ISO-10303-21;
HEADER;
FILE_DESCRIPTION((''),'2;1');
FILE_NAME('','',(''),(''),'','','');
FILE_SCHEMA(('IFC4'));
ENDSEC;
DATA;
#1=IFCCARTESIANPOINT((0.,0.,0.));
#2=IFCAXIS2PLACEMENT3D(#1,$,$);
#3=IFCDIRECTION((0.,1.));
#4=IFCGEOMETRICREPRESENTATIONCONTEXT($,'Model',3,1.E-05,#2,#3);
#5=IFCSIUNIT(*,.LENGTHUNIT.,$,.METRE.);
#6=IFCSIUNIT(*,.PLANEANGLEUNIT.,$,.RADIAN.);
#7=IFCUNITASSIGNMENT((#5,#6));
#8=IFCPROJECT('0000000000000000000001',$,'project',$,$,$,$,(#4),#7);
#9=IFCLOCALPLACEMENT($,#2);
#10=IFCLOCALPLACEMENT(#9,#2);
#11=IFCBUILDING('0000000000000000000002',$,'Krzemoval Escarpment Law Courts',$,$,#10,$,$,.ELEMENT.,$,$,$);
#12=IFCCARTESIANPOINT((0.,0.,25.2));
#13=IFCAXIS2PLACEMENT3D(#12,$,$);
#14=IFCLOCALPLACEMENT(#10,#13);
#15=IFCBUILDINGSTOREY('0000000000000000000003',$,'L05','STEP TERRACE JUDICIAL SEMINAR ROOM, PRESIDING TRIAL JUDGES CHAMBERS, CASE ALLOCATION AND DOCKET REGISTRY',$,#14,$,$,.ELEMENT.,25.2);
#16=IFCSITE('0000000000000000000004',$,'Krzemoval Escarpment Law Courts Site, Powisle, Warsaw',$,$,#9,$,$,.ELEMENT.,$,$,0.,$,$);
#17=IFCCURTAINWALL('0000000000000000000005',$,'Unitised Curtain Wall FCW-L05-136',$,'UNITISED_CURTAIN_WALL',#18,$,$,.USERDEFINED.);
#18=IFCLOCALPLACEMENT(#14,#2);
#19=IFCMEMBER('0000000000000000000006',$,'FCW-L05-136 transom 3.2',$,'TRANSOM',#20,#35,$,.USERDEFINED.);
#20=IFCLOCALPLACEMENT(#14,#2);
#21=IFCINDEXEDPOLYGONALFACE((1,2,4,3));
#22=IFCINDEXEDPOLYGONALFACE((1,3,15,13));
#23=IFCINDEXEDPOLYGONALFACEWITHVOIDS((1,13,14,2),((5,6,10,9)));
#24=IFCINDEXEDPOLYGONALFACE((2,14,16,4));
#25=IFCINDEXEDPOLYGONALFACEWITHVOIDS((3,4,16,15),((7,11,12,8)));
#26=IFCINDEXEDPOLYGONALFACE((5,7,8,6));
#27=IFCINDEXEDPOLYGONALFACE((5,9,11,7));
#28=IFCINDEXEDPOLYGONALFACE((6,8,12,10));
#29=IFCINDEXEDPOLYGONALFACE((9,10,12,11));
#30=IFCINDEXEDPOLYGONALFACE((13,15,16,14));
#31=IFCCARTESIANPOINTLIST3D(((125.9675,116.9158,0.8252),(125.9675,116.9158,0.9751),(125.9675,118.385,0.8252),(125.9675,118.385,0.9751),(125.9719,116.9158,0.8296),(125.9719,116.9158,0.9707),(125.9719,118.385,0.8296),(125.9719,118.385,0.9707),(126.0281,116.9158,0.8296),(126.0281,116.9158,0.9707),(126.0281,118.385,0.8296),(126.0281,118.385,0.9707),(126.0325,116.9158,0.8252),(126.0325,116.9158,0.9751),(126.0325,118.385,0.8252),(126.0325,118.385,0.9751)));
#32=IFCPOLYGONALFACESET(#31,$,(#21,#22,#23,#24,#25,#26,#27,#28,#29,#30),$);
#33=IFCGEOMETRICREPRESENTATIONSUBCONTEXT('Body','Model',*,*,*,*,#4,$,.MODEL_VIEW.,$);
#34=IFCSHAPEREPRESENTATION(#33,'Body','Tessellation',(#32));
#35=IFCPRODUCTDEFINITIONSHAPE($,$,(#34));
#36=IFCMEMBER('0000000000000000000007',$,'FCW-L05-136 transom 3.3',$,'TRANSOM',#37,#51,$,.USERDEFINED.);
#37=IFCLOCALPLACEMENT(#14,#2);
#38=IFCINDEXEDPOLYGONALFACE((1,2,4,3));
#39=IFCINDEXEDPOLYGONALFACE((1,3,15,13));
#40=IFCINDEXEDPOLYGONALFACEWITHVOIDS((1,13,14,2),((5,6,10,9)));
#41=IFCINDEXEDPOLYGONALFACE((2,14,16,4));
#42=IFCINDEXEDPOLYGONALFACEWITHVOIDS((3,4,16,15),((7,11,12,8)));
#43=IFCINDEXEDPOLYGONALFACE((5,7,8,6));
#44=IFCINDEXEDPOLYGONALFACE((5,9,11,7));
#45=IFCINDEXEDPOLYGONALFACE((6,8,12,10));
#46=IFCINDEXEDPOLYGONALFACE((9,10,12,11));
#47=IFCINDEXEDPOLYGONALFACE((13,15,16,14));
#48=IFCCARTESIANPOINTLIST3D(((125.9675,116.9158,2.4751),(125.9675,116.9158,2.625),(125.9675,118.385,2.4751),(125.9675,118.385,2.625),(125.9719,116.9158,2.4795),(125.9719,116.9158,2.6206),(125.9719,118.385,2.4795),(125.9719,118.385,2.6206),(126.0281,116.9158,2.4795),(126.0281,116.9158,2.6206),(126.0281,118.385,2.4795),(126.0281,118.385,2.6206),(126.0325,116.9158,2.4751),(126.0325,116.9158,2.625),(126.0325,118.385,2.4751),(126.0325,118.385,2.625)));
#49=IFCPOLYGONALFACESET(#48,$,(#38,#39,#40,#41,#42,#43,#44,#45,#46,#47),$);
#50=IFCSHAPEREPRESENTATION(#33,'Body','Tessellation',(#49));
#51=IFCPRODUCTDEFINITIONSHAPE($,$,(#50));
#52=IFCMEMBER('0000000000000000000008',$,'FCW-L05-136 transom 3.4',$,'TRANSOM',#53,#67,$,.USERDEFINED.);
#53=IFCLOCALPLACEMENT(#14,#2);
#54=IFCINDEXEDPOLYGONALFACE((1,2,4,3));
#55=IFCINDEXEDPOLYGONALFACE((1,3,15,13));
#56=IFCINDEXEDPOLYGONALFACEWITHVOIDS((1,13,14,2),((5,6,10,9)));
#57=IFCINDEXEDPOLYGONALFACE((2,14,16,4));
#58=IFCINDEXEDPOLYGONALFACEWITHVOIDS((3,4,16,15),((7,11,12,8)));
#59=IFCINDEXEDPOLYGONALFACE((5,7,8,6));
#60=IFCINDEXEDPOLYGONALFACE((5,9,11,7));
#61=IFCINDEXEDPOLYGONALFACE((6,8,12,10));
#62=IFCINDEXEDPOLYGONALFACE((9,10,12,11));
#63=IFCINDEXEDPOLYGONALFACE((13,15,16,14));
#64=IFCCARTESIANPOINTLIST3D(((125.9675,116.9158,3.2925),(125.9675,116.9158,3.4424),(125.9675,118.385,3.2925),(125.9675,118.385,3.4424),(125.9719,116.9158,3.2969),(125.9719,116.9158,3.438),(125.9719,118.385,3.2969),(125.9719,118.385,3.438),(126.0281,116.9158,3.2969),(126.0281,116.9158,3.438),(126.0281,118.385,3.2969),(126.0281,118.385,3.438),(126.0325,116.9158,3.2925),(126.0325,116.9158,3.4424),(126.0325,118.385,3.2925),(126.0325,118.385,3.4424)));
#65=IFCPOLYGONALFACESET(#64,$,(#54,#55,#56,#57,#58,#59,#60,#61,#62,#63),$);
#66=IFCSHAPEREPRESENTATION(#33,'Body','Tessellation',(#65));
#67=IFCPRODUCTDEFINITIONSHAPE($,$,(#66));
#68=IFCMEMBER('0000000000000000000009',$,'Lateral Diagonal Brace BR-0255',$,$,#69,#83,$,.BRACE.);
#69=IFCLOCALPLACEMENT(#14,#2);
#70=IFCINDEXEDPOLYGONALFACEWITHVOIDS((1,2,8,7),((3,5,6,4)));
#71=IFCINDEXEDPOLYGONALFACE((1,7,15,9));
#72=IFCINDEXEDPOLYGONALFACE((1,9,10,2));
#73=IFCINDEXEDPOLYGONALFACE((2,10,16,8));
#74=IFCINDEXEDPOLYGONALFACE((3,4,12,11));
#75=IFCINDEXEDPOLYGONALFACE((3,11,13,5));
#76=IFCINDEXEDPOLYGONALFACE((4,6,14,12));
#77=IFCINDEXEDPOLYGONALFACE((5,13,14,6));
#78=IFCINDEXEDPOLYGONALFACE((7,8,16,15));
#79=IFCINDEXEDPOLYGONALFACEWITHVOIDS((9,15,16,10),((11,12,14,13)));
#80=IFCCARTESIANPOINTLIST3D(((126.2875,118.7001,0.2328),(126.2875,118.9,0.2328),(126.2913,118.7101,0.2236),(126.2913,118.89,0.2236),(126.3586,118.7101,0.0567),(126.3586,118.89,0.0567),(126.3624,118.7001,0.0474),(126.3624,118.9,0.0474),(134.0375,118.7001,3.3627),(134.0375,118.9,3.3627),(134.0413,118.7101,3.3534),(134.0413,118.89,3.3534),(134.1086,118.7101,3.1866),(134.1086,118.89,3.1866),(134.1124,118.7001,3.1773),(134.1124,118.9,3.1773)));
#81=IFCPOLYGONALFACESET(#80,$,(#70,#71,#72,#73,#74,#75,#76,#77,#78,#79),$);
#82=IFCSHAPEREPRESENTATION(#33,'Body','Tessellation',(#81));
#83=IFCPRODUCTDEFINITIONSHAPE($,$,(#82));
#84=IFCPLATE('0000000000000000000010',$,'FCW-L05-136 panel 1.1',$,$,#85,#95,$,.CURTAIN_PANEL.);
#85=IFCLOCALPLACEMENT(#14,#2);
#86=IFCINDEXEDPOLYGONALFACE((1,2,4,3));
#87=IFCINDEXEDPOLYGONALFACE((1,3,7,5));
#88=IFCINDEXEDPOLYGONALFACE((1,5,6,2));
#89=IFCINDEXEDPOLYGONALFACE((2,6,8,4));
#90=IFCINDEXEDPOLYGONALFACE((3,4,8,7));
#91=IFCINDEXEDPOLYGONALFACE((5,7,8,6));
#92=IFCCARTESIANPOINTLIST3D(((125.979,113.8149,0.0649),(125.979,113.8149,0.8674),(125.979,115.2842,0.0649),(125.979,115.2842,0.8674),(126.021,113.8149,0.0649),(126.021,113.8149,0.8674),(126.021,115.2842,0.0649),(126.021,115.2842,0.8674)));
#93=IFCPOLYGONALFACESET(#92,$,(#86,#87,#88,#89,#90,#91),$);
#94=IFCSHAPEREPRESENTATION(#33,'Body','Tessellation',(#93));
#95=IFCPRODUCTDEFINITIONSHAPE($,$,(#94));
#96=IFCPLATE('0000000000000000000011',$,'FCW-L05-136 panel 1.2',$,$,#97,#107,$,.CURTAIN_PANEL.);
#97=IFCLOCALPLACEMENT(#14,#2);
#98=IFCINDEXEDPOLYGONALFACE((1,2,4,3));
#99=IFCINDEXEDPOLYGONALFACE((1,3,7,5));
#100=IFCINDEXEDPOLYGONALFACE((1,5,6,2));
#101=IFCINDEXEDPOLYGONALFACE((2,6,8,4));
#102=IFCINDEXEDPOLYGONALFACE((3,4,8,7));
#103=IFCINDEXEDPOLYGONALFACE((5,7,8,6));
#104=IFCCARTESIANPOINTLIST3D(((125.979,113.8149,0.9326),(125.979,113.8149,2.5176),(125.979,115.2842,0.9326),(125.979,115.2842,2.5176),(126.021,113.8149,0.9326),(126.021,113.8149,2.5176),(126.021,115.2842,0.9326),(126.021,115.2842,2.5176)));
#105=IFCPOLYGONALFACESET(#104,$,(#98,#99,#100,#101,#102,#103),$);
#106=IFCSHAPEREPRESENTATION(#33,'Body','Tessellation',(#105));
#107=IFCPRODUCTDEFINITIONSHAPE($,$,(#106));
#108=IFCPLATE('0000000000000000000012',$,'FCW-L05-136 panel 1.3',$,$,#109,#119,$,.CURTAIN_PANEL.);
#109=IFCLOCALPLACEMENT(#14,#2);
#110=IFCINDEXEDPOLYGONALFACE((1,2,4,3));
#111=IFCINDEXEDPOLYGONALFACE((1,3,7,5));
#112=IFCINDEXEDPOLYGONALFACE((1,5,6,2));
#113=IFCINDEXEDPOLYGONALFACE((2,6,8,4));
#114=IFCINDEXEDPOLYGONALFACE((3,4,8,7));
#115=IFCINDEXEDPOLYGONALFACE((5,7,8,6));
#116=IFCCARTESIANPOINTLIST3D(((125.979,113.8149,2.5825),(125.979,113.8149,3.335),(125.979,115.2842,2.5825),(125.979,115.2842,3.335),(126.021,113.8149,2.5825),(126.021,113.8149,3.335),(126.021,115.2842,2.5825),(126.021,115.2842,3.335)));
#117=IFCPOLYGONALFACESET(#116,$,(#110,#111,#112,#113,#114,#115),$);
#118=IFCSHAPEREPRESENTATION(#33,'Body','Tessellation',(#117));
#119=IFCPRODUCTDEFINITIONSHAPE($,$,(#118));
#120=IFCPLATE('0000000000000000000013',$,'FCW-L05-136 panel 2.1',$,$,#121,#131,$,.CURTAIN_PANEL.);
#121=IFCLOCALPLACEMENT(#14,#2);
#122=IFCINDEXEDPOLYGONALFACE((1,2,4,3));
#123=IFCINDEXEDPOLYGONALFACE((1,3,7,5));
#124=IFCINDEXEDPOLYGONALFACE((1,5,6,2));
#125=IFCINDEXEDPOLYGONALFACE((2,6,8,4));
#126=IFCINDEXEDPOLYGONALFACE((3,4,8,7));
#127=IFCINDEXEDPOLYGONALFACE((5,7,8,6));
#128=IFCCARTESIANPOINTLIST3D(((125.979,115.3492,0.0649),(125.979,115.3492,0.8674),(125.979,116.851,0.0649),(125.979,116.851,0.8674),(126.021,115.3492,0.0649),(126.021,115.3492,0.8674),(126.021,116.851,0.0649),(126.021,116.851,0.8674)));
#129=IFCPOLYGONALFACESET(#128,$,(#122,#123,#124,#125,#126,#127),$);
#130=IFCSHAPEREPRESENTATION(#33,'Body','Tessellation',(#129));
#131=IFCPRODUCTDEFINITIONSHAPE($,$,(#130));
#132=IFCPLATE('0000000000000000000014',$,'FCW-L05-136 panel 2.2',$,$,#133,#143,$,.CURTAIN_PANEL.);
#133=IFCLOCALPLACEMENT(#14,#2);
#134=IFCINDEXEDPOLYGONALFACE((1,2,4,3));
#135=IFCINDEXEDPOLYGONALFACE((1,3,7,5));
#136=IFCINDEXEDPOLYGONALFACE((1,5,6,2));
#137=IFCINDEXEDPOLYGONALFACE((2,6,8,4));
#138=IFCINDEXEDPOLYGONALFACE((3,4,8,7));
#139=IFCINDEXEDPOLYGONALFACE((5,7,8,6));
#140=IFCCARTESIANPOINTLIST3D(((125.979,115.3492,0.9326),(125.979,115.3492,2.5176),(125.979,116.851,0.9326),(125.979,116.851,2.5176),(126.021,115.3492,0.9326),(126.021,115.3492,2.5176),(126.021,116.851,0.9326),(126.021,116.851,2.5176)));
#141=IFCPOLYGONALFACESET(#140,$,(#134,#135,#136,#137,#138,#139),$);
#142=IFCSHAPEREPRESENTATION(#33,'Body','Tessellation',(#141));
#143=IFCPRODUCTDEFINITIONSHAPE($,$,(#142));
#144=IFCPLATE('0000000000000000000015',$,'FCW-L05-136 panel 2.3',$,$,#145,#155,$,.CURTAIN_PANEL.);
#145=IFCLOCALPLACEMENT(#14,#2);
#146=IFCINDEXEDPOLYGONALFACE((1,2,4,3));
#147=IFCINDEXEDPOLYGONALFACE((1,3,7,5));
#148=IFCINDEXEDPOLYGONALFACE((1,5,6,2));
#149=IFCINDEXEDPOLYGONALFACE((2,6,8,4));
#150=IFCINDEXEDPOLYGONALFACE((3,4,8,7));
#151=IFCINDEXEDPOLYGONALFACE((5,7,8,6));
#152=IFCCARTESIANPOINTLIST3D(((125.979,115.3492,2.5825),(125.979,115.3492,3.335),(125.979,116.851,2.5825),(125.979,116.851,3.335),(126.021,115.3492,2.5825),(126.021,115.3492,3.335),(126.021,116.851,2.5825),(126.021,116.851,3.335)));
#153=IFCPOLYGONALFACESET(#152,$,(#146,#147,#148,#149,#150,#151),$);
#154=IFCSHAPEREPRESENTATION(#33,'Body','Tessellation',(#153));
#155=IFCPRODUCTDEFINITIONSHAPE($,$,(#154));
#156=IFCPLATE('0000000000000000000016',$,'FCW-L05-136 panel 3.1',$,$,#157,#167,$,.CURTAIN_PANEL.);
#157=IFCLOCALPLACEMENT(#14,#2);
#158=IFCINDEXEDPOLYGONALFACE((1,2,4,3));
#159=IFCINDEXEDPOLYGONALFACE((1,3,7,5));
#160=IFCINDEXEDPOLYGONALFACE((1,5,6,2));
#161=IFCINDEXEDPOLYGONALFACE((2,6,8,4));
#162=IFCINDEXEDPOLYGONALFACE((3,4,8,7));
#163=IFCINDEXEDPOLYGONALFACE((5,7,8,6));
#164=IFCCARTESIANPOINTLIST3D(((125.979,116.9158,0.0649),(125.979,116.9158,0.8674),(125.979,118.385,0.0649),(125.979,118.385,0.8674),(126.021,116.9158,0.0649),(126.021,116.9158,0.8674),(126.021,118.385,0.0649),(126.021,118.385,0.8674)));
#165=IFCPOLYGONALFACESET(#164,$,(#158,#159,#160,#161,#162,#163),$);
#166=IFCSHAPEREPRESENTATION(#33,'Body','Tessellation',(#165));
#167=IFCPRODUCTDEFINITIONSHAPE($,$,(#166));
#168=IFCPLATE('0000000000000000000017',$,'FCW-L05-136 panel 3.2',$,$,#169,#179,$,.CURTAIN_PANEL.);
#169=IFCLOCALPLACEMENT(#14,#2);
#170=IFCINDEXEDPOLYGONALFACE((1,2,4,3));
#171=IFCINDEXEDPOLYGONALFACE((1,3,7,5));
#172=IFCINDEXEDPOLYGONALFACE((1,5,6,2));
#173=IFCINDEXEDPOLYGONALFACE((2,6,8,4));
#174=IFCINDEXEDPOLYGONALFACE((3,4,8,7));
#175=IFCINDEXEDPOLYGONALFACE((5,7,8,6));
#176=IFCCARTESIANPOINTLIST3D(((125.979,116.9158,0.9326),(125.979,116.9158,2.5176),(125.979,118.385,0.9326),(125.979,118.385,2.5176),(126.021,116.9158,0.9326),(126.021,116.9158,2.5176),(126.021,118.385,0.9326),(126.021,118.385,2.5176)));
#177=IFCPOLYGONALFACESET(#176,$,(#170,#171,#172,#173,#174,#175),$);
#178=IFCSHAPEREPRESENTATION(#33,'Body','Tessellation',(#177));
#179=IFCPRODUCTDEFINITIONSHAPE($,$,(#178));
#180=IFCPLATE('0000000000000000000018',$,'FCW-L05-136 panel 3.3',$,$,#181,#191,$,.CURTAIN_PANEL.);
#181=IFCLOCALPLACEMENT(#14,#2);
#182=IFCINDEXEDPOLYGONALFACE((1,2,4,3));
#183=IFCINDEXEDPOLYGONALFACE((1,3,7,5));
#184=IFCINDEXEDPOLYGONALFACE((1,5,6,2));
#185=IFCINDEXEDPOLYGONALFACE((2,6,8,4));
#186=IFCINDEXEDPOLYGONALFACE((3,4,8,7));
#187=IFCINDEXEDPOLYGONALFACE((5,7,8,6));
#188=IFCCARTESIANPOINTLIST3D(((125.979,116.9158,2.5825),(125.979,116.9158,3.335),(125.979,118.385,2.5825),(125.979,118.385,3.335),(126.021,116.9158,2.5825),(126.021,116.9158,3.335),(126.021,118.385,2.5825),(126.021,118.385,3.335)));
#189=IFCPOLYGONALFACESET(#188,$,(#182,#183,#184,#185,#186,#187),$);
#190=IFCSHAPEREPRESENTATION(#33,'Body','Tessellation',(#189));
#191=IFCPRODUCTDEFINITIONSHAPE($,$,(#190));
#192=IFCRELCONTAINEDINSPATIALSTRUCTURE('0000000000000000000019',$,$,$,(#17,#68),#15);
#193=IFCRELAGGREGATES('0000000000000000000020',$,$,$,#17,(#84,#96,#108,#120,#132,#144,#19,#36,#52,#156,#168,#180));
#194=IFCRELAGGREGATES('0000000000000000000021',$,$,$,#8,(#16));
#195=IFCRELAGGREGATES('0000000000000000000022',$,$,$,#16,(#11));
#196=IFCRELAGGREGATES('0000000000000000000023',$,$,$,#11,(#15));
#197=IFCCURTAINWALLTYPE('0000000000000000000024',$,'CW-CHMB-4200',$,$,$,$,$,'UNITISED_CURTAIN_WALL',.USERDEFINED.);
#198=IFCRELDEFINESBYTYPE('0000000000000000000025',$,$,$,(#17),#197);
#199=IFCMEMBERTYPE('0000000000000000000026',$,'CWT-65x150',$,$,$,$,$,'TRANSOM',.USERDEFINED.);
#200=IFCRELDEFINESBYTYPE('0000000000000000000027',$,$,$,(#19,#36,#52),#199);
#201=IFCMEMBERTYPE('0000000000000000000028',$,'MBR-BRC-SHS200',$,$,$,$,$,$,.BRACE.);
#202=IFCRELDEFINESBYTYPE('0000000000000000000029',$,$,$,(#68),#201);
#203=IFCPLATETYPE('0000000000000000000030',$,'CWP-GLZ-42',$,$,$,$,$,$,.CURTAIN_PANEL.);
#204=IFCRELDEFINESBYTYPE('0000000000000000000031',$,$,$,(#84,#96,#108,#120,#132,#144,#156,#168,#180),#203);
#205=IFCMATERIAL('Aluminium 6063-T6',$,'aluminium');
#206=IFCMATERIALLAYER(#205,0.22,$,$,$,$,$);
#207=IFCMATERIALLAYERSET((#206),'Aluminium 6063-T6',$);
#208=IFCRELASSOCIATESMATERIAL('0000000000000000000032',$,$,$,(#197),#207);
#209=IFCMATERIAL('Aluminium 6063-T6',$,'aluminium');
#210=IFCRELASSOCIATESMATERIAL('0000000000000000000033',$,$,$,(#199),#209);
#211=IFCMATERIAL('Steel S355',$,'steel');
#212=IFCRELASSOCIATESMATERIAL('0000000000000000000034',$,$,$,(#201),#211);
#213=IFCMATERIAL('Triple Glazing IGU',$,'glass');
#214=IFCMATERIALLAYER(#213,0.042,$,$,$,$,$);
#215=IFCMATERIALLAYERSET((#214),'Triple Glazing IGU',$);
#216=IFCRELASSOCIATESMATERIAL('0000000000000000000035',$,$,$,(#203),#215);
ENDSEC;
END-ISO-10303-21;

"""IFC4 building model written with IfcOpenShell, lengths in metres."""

from ifc_helpers import new_model, si_unit, direction, frame, origin, origin_2d, place, context, subcontext, project, spatial, rectangle, hollow_rectangle, extrude, material, layer, layer_set, material_profile, profile_set, type_object, element, aggregate, save


model = new_model("IFC4")

# Units and contexts
model_context = context("Model", 3, precision=1e-05, world=origin(), true_north=direction((0.0, 1.0)))
body_context = subcontext(model_context, "Body", "Model", "MODEL_VIEW")
ifc_project = project(units=[si_unit("LENGTHUNIT", "METRE"), si_unit("PLANEANGLEUNIT", "RADIAN")], contexts=[model_context])

# Site, building, storey
site_placement = place(None, origin())
site = spatial("IfcSite", under=ifc_project, at=site_placement, Name="Krzemoval Escarpment Law Courts Site, Powisle, Warsaw", CompositionType="ELEMENT", RefElevation=0.0)
building_placement = place(site_placement, origin())
building = spatial("IfcBuilding", under=site, at=building_placement, Name="Krzemoval Escarpment Law Courts", CompositionType="ELEMENT")
storey_placement = place(building_placement, frame((0.0, 0.0, 25.2)))
storey = spatial("IfcBuildingStorey", under=building, at=storey_placement, Name="L05", Description="STEP TERRACE JUDICIAL SEMINAR ROOM, PRESIDING TRIAL JUDGES CHAMBERS, CASE ALLOCATION AND DOCKET REGISTRY", CompositionType="ELEMENT", Elevation=25.2)

# Curtain wall, members
ifc_material_1 = material(Name="Aluminium 6063-T6", Category="aluminium")
ifc_layer_1 = layer(ifc_material_1, 0.22)
ifc_layer_set_1 = layer_set([ifc_layer_1], Name="Aluminium 6063-T6")
curtain_wall_type = type_object("IfcCurtainWallType", Name="CW-CHMB-4200", ElementType="UNITISED_CURTAIN_WALL", PredefinedType="USERDEFINED", material=ifc_layer_set_1)
curtain_wall_placement = place(storey_placement, origin())
curtain_wall = element("IfcCurtainWall", 1, at=curtain_wall_placement, inside=storey, type_object=curtain_wall_type, Name="Unitised Curtain Wall FCW-L05-136", ObjectType="UNITISED_CURTAIN_WALL", PredefinedType="USERDEFINED")
ifc_material_2 = material(Name="Aluminium 6063-T6", Category="aluminium")
ifc_material_profile_1 = material_profile(ifc_material_2, hollow_rectangle(XDim=0.0649, YDim=0.1499, WallThickness=0.0044, at=origin_2d()), Name="ALU T65x150")
ifc_profile_set_1 = profile_set([ifc_material_profile_1], Name="Aluminium 6063-T6")
member_type_1 = type_object("IfcMemberType", Name="CWT-65x150", ElementType="TRANSOM", PredefinedType="USERDEFINED", material=ifc_profile_set_1)
member_1_placement = place(storey_placement, frame((126.0, 116.9158, 0.9001), z_axis=(0.0, 1.0, 0.0), x_axis=(-1.0, 0.0, 0.0)))
member_1 = element("IfcMember", 2, at=member_1_placement, type_object=member_type_1, Name="FCW-L05-136 transom 3.2", ObjectType="TRANSOM", PredefinedType="USERDEFINED", context=body_context, shape_type="SweptSolid", body=[
    extrude(hollow_rectangle(XDim=0.0649, YDim=0.1499, WallThickness=0.0044, at=origin_2d()), origin(), (0.0, 0.0, 1.0), 1.4692),
])
member_2_placement = place(storey_placement, frame((126.0, 116.9158, 2.55), z_axis=(0.0, 1.0, 0.0), x_axis=(-1.0, 0.0, 0.0)))
member_2 = element("IfcMember", 3, at=member_2_placement, type_object=member_type_1, Name="FCW-L05-136 transom 3.3", ObjectType="TRANSOM", PredefinedType="USERDEFINED", context=body_context, shape_type="SweptSolid", body=[
    extrude(hollow_rectangle(XDim=0.0649, YDim=0.1499, WallThickness=0.0044, at=origin_2d()), origin(), (0.0, 0.0, 1.0), 1.4692),
])
member_3_placement = place(storey_placement, frame((126.0, 116.9158, 3.3674), z_axis=(0.0, 1.0, 0.0), x_axis=(-1.0, 0.0, 0.0)))
member_3 = element("IfcMember", 4, at=member_3_placement, type_object=member_type_1, Name="FCW-L05-136 transom 3.4", ObjectType="TRANSOM", PredefinedType="USERDEFINED", context=body_context, shape_type="SweptSolid", body=[
    extrude(hollow_rectangle(XDim=0.0649, YDim=0.1499, WallThickness=0.0044, at=origin_2d()), origin(), (0.0, 0.0, 1.0), 1.4692),
])

# Member
ifc_material_3 = material(Name="Steel S355", Category="steel")
ifc_material_profile_2 = material_profile(ifc_material_3, hollow_rectangle(XDim=0.2, YDim=0.2, WallThickness=0.01, at=origin_2d()), Name="SHS 200x200x10")
ifc_profile_set_2 = profile_set([ifc_material_profile_2], Name="Steel S355")
member_type_2 = type_object("IfcMemberType", Name="MBR-BRC-SHS200", PredefinedType="BRACE", material=ifc_profile_set_2)
member_4_placement = place(storey_placement, frame((126.325, 118.8, 0.1401), z_axis=(0.927239, 0.0, 0.374471), x_axis=(0.0, 1.0, 0.0)))
element("IfcMember", 5, at=member_4_placement, inside=storey, type_object=member_type_2, Name="Lateral Diagonal Brace BR-0255", PredefinedType="BRACE", context=body_context, shape_type="SweptSolid", body=[
    extrude(hollow_rectangle(XDim=0.2, YDim=0.2, WallThickness=0.01, at=origin_2d()), origin(), (0.0, 0.0, 1.0), 8.3582),
])

# Plates
ifc_material_4 = material(Name="Triple Glazing IGU", Category="glass")
ifc_layer_2 = layer(ifc_material_4, 0.042)
ifc_layer_set_2 = layer_set([ifc_layer_2], Name="Triple Glazing IGU")
plate_type_1 = type_object("IfcPlateType", Name="CWP-GLZ-42", PredefinedType="CURTAIN_PANEL", material=ifc_layer_set_2)
plate_1_placement = place(storey_placement, frame((126.0, 114.5496, 0.0649), z_axis=(0.0, 0.0, 1.0), x_axis=(0.0, 1.0, 0.0)))
plate_1 = element("IfcPlate", 6, at=plate_1_placement, type_object=plate_type_1, Name="FCW-L05-136 panel 1.1", PredefinedType="CURTAIN_PANEL", context=body_context, shape_type="SweptSolid", body=[
    extrude(rectangle(XDim=1.4692, YDim=0.042, at=origin_2d()), origin(), (0.0, 0.0, 1.0), 0.8025),
])
plate_2_placement = place(storey_placement, frame((126.0, 114.5496, 0.9326), z_axis=(0.0, 0.0, 1.0), x_axis=(0.0, 1.0, 0.0)))
plate_2 = element("IfcPlate", 7, at=plate_2_placement, type_object=plate_type_1, Name="FCW-L05-136 panel 1.2", PredefinedType="CURTAIN_PANEL", context=body_context, shape_type="SweptSolid", body=[
    extrude(rectangle(XDim=1.4692, YDim=0.042, at=origin_2d()), origin(), (0.0, 0.0, 1.0), 1.585),
])
plate_3_placement = place(storey_placement, frame((126.0, 114.5496, 2.5825), z_axis=(0.0, 0.0, 1.0), x_axis=(0.0, 1.0, 0.0)))
plate_3 = element("IfcPlate", 8, at=plate_3_placement, type_object=plate_type_1, Name="FCW-L05-136 panel 1.3", PredefinedType="CURTAIN_PANEL", context=body_context, shape_type="SweptSolid", body=[
    extrude(rectangle(XDim=1.4692, YDim=0.042, at=origin_2d()), origin(), (0.0, 0.0, 1.0), 0.7524),
])
plate_4_placement = place(storey_placement, frame((126.0, 116.1001, 0.0649), z_axis=(0.0, 0.0, 1.0), x_axis=(0.0, 1.0, 0.0)))
plate_4 = element("IfcPlate", 9, at=plate_4_placement, type_object=plate_type_1, Name="FCW-L05-136 panel 2.1", PredefinedType="CURTAIN_PANEL", context=body_context, shape_type="SweptSolid", body=[
    extrude(rectangle(XDim=1.5017, YDim=0.042, at=origin_2d()), origin(), (0.0, 0.0, 1.0), 0.8025),
])
plate_5_placement = place(storey_placement, frame((126.0, 116.1001, 0.9326), z_axis=(0.0, 0.0, 1.0), x_axis=(0.0, 1.0, 0.0)))
plate_5 = element("IfcPlate", 10, at=plate_5_placement, type_object=plate_type_1, Name="FCW-L05-136 panel 2.2", PredefinedType="CURTAIN_PANEL", context=body_context, shape_type="SweptSolid", body=[
    extrude(rectangle(XDim=1.5017, YDim=0.042, at=origin_2d()), origin(), (0.0, 0.0, 1.0), 1.585),
])
plate_6_placement = place(storey_placement, frame((126.0, 116.1001, 2.5825), z_axis=(0.0, 0.0, 1.0), x_axis=(0.0, 1.0, 0.0)))
plate_6 = element("IfcPlate", 11, at=plate_6_placement, type_object=plate_type_1, Name="FCW-L05-136 panel 2.3", PredefinedType="CURTAIN_PANEL", context=body_context, shape_type="SweptSolid", body=[
    extrude(rectangle(XDim=1.5017, YDim=0.042, at=origin_2d()), origin(), (0.0, 0.0, 1.0), 0.7524),
])
plate_7_placement = place(storey_placement, frame((126.0, 117.6504, 0.0649), z_axis=(0.0, 0.0, 1.0), x_axis=(0.0, 1.0, 0.0)))
plate_7 = element("IfcPlate", 12, at=plate_7_placement, type_object=plate_type_1, Name="FCW-L05-136 panel 3.1", PredefinedType="CURTAIN_PANEL", context=body_context, shape_type="SweptSolid", body=[
    extrude(rectangle(XDim=1.4692, YDim=0.042, at=origin_2d()), origin(), (0.0, 0.0, 1.0), 0.8025),
])
plate_8_placement = place(storey_placement, frame((126.0, 117.6504, 0.9326), z_axis=(0.0, 0.0, 1.0), x_axis=(0.0, 1.0, 0.0)))
plate_8 = element("IfcPlate", 13, at=plate_8_placement, type_object=plate_type_1, Name="FCW-L05-136 panel 3.2", PredefinedType="CURTAIN_PANEL", context=body_context, shape_type="SweptSolid", body=[
    extrude(rectangle(XDim=1.4692, YDim=0.042, at=origin_2d()), origin(), (0.0, 0.0, 1.0), 1.585),
])
plate_9_placement = place(storey_placement, frame((126.0, 117.6504, 2.5825), z_axis=(0.0, 0.0, 1.0), x_axis=(0.0, 1.0, 0.0)))
plate_9 = element("IfcPlate", 14, at=plate_9_placement, type_object=plate_type_1, Name="FCW-L05-136 panel 3.3", PredefinedType="CURTAIN_PANEL", context=body_context, shape_type="SweptSolid", body=[
    extrude(rectangle(XDim=1.4692, YDim=0.042, at=origin_2d()), origin(), (0.0, 0.0, 1.0), 0.7524),
])
aggregate(curtain_wall, [plate_1, plate_2, plate_3, plate_4, plate_5, plate_6, member_1, member_2, member_3, plate_7, plate_8, plate_9])

save(model, "model.ifc")
